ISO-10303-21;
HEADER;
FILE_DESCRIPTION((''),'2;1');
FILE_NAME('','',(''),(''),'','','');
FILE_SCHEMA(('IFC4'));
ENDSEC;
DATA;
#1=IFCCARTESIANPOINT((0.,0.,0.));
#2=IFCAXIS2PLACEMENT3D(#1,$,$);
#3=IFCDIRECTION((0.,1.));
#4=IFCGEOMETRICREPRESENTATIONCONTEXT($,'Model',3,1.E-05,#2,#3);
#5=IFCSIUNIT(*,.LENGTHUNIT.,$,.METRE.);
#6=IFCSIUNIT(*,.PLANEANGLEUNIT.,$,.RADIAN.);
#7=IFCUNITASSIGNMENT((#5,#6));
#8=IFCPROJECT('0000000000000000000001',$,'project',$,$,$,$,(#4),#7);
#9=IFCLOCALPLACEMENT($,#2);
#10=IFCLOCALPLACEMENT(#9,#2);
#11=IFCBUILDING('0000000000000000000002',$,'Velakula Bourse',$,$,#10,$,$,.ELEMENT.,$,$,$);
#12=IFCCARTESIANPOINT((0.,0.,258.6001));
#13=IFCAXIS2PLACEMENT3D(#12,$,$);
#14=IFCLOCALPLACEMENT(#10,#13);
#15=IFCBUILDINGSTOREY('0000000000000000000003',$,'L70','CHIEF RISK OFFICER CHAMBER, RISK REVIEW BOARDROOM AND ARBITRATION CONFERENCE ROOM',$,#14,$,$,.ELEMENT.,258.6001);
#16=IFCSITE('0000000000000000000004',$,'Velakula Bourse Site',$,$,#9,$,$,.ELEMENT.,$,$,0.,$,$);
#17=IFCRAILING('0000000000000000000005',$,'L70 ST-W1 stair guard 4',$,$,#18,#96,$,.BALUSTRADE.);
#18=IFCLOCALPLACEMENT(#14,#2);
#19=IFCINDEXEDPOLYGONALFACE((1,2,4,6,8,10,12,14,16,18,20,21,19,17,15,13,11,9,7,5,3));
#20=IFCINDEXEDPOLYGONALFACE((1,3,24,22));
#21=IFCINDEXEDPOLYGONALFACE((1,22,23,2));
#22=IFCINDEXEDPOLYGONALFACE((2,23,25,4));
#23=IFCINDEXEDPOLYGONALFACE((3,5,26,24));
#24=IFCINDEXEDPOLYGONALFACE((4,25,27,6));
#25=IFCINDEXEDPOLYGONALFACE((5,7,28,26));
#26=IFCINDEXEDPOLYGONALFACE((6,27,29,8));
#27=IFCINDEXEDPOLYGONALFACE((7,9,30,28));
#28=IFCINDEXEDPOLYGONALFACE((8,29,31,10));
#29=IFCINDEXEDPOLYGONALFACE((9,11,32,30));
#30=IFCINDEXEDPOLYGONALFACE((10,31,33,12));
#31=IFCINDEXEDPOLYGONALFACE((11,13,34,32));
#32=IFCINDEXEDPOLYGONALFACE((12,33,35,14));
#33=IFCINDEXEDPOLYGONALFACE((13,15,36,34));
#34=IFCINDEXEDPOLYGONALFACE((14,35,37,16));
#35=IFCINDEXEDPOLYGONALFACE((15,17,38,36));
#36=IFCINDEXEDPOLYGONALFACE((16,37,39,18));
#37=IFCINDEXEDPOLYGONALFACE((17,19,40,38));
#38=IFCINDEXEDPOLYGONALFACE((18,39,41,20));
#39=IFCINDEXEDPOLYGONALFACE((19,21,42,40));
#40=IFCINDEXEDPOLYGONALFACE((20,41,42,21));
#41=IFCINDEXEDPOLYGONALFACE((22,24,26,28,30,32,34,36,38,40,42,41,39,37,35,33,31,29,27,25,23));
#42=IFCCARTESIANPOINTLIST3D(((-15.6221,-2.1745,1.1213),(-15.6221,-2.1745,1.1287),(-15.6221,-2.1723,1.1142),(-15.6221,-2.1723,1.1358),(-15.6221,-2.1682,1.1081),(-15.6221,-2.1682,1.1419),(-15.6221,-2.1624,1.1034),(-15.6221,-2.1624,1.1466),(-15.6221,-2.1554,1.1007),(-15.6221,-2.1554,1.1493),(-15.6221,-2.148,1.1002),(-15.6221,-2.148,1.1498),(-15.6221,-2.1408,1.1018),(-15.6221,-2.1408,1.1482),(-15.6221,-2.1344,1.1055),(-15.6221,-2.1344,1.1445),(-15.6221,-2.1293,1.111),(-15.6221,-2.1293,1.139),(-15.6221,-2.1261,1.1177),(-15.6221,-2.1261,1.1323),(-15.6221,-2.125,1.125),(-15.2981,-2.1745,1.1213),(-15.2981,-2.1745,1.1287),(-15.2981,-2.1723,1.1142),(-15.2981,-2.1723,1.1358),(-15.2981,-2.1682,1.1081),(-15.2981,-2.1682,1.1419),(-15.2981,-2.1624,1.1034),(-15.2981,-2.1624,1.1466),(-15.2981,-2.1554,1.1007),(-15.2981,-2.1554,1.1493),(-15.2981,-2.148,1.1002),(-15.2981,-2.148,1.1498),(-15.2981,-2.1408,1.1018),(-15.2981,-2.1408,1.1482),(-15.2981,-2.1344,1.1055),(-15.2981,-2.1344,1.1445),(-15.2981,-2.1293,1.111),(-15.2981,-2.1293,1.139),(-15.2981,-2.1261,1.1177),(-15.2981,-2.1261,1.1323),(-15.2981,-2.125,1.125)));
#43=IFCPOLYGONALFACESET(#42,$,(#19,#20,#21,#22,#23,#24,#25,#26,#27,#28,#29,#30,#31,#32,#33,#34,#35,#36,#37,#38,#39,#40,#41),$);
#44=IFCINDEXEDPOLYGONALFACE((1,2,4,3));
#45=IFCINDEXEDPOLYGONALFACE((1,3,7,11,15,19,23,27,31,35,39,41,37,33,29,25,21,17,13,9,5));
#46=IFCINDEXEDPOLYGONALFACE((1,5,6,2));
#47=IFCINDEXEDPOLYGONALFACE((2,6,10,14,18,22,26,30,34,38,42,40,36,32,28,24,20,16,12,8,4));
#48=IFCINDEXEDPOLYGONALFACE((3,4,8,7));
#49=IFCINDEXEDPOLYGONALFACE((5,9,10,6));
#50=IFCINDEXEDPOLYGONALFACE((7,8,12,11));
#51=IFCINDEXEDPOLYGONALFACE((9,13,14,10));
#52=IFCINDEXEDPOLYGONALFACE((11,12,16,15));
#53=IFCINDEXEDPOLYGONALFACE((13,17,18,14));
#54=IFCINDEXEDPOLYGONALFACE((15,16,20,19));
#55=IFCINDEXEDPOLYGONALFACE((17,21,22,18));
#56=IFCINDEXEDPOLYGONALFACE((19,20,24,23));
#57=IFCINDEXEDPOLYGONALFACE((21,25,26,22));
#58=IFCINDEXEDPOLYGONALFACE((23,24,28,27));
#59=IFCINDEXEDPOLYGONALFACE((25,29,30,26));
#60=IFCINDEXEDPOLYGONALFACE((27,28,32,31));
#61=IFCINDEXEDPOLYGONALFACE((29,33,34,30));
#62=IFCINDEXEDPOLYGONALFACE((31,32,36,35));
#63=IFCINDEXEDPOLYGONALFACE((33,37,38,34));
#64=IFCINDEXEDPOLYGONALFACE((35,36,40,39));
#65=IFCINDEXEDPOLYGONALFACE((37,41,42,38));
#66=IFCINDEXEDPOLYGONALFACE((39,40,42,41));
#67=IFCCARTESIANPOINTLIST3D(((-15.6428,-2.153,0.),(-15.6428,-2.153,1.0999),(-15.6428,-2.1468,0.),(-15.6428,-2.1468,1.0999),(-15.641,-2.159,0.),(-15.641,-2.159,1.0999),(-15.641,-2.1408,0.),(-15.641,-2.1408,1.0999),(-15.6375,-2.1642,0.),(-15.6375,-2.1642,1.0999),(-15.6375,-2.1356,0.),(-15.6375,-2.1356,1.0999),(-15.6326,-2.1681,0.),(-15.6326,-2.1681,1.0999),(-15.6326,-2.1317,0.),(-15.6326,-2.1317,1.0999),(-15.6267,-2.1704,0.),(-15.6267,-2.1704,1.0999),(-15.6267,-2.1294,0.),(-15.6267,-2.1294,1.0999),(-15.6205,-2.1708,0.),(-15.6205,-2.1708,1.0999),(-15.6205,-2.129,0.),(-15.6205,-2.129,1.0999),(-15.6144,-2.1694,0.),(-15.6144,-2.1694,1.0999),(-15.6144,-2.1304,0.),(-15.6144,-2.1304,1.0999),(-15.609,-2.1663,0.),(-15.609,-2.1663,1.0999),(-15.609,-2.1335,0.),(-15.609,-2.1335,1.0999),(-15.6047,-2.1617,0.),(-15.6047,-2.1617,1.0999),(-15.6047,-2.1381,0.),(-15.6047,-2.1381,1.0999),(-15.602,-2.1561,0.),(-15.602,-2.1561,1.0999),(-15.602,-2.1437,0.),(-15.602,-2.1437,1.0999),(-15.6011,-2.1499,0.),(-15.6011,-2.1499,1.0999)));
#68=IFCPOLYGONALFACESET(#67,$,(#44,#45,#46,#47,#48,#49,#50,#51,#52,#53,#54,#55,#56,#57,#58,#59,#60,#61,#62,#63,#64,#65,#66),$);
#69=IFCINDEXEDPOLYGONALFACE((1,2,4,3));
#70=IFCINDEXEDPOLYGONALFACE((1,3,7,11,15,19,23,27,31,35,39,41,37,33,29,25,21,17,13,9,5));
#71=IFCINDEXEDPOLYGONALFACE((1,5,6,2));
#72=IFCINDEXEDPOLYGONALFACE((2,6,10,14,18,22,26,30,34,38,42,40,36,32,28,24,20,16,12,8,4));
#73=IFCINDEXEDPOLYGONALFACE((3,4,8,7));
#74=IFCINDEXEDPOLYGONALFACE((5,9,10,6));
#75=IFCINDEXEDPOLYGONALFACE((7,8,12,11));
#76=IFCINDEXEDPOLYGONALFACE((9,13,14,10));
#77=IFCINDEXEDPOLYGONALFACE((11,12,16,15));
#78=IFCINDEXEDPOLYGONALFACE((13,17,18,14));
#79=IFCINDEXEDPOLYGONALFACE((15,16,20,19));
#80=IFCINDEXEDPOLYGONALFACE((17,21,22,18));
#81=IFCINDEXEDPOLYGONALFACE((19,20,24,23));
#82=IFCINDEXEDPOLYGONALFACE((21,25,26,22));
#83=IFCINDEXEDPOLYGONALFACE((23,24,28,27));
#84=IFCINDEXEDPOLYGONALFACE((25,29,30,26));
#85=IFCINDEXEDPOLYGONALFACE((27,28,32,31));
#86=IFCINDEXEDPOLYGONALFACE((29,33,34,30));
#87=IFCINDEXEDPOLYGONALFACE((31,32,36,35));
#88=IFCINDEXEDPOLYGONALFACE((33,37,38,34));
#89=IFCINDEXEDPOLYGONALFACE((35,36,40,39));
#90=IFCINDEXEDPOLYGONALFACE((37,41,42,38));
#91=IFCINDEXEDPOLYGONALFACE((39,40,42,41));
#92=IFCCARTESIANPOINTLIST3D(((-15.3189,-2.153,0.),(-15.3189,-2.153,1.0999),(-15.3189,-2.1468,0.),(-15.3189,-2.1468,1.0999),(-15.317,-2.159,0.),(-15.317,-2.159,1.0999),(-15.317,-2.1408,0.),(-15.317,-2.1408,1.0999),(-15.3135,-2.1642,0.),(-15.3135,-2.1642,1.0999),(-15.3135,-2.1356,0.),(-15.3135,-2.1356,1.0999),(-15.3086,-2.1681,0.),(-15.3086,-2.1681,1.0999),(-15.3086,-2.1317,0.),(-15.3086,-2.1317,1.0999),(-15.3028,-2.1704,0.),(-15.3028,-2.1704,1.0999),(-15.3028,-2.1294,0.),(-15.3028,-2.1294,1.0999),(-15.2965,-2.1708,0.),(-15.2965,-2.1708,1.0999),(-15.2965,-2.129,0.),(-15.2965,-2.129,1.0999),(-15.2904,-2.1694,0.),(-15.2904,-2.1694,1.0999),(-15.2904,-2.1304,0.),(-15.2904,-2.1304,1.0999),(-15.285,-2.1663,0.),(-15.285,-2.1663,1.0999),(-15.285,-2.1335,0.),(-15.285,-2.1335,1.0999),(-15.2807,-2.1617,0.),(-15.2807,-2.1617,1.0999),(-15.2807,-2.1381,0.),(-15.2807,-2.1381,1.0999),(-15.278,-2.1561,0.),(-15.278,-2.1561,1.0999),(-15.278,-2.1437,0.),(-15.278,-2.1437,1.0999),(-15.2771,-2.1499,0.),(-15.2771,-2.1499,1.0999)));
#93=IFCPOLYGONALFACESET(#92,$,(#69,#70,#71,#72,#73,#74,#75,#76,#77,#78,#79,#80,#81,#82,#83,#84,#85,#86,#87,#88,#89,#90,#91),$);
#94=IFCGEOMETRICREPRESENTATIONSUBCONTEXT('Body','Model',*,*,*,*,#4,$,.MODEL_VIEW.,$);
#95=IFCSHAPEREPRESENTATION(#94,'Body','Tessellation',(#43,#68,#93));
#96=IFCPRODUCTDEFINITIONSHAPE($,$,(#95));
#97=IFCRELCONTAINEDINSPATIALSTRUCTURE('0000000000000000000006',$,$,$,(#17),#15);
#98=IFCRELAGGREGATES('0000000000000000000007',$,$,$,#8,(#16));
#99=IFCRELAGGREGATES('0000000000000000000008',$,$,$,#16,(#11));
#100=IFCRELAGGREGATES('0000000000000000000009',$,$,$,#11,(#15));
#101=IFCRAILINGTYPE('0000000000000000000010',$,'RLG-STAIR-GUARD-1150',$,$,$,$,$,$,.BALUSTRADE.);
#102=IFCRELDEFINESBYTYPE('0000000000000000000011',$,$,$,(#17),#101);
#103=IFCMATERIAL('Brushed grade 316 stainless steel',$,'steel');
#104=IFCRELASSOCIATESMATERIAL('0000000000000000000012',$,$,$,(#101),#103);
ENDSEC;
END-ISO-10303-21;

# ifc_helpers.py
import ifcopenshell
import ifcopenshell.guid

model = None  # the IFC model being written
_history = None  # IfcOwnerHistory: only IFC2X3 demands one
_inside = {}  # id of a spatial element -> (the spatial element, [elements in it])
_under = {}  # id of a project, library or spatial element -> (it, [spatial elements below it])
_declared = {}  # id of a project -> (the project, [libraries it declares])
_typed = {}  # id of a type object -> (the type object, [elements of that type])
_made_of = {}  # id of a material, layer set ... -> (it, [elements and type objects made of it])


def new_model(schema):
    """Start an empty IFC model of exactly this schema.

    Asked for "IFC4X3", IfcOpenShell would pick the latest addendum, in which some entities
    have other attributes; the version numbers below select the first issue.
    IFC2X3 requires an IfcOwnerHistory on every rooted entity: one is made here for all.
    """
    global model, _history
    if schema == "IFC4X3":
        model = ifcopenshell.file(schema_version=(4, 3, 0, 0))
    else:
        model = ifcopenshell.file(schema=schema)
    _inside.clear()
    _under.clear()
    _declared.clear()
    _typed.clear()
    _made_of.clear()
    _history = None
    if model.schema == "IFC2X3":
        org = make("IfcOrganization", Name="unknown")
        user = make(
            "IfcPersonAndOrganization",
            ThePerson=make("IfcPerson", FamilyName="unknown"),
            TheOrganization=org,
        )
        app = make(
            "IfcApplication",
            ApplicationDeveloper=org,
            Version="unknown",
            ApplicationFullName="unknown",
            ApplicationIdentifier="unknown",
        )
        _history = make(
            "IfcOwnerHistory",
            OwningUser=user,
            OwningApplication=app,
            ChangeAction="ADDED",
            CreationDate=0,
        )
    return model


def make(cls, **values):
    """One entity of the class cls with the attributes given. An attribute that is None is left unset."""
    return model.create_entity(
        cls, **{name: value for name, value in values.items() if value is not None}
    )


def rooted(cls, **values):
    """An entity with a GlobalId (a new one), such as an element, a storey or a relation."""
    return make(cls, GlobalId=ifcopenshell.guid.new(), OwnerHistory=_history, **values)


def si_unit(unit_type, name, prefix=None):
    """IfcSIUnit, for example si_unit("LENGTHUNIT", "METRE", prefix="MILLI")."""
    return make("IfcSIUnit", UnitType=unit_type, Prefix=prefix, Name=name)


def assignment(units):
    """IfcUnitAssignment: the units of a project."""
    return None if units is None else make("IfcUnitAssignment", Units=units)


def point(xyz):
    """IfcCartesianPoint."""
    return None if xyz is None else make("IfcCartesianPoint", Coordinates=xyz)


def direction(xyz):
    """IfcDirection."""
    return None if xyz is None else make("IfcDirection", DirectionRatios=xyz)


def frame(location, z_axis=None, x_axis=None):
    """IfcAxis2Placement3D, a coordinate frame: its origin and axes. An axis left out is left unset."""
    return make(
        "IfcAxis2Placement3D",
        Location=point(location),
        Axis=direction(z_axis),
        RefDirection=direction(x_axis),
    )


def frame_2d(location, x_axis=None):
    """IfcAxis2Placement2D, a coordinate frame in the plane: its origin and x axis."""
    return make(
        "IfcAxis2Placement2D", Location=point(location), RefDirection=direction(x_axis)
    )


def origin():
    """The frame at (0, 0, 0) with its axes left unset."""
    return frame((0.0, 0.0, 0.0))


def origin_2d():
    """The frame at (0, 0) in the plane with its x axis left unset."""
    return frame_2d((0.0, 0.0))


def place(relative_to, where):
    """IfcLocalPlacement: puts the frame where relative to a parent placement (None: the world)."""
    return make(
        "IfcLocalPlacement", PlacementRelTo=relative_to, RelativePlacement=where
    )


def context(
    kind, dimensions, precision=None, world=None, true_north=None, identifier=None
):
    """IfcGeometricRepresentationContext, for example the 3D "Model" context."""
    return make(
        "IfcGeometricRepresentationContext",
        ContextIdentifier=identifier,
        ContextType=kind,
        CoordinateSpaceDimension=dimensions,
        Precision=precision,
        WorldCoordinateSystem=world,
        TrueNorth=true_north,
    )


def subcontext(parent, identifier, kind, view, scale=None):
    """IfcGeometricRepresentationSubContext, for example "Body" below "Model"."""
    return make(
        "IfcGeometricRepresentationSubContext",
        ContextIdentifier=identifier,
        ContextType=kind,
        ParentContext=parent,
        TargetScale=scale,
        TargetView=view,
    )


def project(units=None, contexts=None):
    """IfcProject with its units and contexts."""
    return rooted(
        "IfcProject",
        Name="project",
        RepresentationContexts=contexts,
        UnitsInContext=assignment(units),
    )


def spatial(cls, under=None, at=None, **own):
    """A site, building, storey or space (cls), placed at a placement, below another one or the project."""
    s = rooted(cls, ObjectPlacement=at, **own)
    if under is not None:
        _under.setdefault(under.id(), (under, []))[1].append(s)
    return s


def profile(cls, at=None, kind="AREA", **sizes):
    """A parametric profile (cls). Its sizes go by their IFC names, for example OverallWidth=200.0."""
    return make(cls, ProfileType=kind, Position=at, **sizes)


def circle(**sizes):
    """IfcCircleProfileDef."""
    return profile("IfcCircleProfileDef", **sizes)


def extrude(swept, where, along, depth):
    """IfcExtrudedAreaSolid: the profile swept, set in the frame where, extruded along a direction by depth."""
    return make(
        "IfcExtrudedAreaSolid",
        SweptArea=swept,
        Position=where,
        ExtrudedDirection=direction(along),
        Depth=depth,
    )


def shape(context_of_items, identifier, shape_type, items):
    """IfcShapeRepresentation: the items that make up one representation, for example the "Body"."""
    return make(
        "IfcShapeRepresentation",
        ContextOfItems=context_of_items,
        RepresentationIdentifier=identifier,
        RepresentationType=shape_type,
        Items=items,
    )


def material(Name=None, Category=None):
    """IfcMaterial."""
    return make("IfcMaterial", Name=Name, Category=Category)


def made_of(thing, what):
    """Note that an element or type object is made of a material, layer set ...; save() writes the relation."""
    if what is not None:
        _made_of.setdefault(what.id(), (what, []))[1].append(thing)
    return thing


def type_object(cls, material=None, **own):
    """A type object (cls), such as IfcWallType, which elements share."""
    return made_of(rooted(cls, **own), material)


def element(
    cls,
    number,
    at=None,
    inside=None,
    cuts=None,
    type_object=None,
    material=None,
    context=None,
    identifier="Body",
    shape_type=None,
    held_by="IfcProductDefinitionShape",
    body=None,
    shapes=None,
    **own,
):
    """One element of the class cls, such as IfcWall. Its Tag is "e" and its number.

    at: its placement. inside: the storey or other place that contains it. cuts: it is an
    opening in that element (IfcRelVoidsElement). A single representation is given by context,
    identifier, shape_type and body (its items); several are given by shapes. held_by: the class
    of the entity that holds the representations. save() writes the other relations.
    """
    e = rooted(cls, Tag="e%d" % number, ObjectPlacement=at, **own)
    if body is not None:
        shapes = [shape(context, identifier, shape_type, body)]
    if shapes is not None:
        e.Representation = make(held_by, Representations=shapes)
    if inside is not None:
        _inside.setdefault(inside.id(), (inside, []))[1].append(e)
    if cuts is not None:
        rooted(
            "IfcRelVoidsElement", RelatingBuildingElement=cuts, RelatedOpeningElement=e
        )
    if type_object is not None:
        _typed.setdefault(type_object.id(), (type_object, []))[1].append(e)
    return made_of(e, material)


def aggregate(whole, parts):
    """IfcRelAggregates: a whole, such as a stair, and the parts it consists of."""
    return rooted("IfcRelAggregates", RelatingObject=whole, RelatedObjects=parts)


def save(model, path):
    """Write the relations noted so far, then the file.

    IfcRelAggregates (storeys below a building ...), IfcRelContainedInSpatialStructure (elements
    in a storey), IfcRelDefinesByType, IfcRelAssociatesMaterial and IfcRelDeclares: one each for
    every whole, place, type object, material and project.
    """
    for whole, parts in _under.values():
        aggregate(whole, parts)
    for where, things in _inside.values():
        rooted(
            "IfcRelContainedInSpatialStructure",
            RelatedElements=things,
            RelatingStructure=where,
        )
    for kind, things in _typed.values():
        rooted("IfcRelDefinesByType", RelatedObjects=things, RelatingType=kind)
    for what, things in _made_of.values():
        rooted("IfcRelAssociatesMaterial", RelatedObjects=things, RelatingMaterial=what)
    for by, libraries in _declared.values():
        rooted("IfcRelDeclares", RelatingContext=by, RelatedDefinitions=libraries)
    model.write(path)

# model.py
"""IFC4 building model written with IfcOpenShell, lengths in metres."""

from ifc_helpers import new_model, si_unit, direction, frame, origin, origin_2d, place, context, subcontext, project, spatial, circle, extrude, material, type_object, element, save


model = new_model("IFC4")

# Units and contexts
model_context = context("Model", 3, precision=1e-05, world=origin(), true_north=direction((0.0, 1.0)))
body_context = subcontext(model_context, "Body", "Model", "MODEL_VIEW")
ifc_project = project(units=[si_unit("LENGTHUNIT", "METRE"), si_unit("PLANEANGLEUNIT", "RADIAN")], contexts=[model_context])

# Site, building, storey
site_placement = place(None, origin())
site = spatial("IfcSite", under=ifc_project, at=site_placement, Name="Velakula Bourse Site", CompositionType="ELEMENT", RefElevation=0.0)
building_placement = place(site_placement, origin())
building = spatial("IfcBuilding", under=site, at=building_placement, Name="Velakula Bourse", CompositionType="ELEMENT")
storey_placement = place(building_placement, frame((0.0, 0.0, 258.6001)))
storey = spatial("IfcBuildingStorey", under=building, at=storey_placement, Name="L70", Description="CHIEF RISK OFFICER CHAMBER, RISK REVIEW BOARDROOM AND ARBITRATION CONFERENCE ROOM", CompositionType="ELEMENT", Elevation=258.6001)

# Shared definitions
ifc_material_1 = material(Name="Brushed grade 316 stainless steel", Category="steel")

# Railing
railing_type = type_object("IfcRailingType", Name="RLG-STAIR-GUARD-1150", PredefinedType="BALUSTRADE", material=ifc_material_1)
railing_1_placement = place(storey_placement, frame((-15.6221, -2.1499, 0.0)))
element("IfcRailing", 1, at=railing_1_placement, inside=storey, type_object=railing_type, Name="L70 ST-W1 stair guard 4", PredefinedType="BALUSTRADE", context=body_context, shape_type="SweptSolid", body=[
    extrude(circle(Radius=0.0249, at=origin_2d()), frame((0.0, 0.0, 1.125), z_axis=(1.0, 0.0, 0.0), x_axis=(0.0, 1.0, 0.0)), (0.0, 0.0, 1.0), 0.324),
    extrude(circle(Radius=0.021, at=origin_2d()), origin(), (0.0, 0.0, 1.0), 1.0999),
    extrude(circle(Radius=0.021, at=origin_2d()), frame((0.324, 0.0, 0.0)), (0.0, 0.0, 1.0), 1.0999),
])

save(model, "model.ifc")
